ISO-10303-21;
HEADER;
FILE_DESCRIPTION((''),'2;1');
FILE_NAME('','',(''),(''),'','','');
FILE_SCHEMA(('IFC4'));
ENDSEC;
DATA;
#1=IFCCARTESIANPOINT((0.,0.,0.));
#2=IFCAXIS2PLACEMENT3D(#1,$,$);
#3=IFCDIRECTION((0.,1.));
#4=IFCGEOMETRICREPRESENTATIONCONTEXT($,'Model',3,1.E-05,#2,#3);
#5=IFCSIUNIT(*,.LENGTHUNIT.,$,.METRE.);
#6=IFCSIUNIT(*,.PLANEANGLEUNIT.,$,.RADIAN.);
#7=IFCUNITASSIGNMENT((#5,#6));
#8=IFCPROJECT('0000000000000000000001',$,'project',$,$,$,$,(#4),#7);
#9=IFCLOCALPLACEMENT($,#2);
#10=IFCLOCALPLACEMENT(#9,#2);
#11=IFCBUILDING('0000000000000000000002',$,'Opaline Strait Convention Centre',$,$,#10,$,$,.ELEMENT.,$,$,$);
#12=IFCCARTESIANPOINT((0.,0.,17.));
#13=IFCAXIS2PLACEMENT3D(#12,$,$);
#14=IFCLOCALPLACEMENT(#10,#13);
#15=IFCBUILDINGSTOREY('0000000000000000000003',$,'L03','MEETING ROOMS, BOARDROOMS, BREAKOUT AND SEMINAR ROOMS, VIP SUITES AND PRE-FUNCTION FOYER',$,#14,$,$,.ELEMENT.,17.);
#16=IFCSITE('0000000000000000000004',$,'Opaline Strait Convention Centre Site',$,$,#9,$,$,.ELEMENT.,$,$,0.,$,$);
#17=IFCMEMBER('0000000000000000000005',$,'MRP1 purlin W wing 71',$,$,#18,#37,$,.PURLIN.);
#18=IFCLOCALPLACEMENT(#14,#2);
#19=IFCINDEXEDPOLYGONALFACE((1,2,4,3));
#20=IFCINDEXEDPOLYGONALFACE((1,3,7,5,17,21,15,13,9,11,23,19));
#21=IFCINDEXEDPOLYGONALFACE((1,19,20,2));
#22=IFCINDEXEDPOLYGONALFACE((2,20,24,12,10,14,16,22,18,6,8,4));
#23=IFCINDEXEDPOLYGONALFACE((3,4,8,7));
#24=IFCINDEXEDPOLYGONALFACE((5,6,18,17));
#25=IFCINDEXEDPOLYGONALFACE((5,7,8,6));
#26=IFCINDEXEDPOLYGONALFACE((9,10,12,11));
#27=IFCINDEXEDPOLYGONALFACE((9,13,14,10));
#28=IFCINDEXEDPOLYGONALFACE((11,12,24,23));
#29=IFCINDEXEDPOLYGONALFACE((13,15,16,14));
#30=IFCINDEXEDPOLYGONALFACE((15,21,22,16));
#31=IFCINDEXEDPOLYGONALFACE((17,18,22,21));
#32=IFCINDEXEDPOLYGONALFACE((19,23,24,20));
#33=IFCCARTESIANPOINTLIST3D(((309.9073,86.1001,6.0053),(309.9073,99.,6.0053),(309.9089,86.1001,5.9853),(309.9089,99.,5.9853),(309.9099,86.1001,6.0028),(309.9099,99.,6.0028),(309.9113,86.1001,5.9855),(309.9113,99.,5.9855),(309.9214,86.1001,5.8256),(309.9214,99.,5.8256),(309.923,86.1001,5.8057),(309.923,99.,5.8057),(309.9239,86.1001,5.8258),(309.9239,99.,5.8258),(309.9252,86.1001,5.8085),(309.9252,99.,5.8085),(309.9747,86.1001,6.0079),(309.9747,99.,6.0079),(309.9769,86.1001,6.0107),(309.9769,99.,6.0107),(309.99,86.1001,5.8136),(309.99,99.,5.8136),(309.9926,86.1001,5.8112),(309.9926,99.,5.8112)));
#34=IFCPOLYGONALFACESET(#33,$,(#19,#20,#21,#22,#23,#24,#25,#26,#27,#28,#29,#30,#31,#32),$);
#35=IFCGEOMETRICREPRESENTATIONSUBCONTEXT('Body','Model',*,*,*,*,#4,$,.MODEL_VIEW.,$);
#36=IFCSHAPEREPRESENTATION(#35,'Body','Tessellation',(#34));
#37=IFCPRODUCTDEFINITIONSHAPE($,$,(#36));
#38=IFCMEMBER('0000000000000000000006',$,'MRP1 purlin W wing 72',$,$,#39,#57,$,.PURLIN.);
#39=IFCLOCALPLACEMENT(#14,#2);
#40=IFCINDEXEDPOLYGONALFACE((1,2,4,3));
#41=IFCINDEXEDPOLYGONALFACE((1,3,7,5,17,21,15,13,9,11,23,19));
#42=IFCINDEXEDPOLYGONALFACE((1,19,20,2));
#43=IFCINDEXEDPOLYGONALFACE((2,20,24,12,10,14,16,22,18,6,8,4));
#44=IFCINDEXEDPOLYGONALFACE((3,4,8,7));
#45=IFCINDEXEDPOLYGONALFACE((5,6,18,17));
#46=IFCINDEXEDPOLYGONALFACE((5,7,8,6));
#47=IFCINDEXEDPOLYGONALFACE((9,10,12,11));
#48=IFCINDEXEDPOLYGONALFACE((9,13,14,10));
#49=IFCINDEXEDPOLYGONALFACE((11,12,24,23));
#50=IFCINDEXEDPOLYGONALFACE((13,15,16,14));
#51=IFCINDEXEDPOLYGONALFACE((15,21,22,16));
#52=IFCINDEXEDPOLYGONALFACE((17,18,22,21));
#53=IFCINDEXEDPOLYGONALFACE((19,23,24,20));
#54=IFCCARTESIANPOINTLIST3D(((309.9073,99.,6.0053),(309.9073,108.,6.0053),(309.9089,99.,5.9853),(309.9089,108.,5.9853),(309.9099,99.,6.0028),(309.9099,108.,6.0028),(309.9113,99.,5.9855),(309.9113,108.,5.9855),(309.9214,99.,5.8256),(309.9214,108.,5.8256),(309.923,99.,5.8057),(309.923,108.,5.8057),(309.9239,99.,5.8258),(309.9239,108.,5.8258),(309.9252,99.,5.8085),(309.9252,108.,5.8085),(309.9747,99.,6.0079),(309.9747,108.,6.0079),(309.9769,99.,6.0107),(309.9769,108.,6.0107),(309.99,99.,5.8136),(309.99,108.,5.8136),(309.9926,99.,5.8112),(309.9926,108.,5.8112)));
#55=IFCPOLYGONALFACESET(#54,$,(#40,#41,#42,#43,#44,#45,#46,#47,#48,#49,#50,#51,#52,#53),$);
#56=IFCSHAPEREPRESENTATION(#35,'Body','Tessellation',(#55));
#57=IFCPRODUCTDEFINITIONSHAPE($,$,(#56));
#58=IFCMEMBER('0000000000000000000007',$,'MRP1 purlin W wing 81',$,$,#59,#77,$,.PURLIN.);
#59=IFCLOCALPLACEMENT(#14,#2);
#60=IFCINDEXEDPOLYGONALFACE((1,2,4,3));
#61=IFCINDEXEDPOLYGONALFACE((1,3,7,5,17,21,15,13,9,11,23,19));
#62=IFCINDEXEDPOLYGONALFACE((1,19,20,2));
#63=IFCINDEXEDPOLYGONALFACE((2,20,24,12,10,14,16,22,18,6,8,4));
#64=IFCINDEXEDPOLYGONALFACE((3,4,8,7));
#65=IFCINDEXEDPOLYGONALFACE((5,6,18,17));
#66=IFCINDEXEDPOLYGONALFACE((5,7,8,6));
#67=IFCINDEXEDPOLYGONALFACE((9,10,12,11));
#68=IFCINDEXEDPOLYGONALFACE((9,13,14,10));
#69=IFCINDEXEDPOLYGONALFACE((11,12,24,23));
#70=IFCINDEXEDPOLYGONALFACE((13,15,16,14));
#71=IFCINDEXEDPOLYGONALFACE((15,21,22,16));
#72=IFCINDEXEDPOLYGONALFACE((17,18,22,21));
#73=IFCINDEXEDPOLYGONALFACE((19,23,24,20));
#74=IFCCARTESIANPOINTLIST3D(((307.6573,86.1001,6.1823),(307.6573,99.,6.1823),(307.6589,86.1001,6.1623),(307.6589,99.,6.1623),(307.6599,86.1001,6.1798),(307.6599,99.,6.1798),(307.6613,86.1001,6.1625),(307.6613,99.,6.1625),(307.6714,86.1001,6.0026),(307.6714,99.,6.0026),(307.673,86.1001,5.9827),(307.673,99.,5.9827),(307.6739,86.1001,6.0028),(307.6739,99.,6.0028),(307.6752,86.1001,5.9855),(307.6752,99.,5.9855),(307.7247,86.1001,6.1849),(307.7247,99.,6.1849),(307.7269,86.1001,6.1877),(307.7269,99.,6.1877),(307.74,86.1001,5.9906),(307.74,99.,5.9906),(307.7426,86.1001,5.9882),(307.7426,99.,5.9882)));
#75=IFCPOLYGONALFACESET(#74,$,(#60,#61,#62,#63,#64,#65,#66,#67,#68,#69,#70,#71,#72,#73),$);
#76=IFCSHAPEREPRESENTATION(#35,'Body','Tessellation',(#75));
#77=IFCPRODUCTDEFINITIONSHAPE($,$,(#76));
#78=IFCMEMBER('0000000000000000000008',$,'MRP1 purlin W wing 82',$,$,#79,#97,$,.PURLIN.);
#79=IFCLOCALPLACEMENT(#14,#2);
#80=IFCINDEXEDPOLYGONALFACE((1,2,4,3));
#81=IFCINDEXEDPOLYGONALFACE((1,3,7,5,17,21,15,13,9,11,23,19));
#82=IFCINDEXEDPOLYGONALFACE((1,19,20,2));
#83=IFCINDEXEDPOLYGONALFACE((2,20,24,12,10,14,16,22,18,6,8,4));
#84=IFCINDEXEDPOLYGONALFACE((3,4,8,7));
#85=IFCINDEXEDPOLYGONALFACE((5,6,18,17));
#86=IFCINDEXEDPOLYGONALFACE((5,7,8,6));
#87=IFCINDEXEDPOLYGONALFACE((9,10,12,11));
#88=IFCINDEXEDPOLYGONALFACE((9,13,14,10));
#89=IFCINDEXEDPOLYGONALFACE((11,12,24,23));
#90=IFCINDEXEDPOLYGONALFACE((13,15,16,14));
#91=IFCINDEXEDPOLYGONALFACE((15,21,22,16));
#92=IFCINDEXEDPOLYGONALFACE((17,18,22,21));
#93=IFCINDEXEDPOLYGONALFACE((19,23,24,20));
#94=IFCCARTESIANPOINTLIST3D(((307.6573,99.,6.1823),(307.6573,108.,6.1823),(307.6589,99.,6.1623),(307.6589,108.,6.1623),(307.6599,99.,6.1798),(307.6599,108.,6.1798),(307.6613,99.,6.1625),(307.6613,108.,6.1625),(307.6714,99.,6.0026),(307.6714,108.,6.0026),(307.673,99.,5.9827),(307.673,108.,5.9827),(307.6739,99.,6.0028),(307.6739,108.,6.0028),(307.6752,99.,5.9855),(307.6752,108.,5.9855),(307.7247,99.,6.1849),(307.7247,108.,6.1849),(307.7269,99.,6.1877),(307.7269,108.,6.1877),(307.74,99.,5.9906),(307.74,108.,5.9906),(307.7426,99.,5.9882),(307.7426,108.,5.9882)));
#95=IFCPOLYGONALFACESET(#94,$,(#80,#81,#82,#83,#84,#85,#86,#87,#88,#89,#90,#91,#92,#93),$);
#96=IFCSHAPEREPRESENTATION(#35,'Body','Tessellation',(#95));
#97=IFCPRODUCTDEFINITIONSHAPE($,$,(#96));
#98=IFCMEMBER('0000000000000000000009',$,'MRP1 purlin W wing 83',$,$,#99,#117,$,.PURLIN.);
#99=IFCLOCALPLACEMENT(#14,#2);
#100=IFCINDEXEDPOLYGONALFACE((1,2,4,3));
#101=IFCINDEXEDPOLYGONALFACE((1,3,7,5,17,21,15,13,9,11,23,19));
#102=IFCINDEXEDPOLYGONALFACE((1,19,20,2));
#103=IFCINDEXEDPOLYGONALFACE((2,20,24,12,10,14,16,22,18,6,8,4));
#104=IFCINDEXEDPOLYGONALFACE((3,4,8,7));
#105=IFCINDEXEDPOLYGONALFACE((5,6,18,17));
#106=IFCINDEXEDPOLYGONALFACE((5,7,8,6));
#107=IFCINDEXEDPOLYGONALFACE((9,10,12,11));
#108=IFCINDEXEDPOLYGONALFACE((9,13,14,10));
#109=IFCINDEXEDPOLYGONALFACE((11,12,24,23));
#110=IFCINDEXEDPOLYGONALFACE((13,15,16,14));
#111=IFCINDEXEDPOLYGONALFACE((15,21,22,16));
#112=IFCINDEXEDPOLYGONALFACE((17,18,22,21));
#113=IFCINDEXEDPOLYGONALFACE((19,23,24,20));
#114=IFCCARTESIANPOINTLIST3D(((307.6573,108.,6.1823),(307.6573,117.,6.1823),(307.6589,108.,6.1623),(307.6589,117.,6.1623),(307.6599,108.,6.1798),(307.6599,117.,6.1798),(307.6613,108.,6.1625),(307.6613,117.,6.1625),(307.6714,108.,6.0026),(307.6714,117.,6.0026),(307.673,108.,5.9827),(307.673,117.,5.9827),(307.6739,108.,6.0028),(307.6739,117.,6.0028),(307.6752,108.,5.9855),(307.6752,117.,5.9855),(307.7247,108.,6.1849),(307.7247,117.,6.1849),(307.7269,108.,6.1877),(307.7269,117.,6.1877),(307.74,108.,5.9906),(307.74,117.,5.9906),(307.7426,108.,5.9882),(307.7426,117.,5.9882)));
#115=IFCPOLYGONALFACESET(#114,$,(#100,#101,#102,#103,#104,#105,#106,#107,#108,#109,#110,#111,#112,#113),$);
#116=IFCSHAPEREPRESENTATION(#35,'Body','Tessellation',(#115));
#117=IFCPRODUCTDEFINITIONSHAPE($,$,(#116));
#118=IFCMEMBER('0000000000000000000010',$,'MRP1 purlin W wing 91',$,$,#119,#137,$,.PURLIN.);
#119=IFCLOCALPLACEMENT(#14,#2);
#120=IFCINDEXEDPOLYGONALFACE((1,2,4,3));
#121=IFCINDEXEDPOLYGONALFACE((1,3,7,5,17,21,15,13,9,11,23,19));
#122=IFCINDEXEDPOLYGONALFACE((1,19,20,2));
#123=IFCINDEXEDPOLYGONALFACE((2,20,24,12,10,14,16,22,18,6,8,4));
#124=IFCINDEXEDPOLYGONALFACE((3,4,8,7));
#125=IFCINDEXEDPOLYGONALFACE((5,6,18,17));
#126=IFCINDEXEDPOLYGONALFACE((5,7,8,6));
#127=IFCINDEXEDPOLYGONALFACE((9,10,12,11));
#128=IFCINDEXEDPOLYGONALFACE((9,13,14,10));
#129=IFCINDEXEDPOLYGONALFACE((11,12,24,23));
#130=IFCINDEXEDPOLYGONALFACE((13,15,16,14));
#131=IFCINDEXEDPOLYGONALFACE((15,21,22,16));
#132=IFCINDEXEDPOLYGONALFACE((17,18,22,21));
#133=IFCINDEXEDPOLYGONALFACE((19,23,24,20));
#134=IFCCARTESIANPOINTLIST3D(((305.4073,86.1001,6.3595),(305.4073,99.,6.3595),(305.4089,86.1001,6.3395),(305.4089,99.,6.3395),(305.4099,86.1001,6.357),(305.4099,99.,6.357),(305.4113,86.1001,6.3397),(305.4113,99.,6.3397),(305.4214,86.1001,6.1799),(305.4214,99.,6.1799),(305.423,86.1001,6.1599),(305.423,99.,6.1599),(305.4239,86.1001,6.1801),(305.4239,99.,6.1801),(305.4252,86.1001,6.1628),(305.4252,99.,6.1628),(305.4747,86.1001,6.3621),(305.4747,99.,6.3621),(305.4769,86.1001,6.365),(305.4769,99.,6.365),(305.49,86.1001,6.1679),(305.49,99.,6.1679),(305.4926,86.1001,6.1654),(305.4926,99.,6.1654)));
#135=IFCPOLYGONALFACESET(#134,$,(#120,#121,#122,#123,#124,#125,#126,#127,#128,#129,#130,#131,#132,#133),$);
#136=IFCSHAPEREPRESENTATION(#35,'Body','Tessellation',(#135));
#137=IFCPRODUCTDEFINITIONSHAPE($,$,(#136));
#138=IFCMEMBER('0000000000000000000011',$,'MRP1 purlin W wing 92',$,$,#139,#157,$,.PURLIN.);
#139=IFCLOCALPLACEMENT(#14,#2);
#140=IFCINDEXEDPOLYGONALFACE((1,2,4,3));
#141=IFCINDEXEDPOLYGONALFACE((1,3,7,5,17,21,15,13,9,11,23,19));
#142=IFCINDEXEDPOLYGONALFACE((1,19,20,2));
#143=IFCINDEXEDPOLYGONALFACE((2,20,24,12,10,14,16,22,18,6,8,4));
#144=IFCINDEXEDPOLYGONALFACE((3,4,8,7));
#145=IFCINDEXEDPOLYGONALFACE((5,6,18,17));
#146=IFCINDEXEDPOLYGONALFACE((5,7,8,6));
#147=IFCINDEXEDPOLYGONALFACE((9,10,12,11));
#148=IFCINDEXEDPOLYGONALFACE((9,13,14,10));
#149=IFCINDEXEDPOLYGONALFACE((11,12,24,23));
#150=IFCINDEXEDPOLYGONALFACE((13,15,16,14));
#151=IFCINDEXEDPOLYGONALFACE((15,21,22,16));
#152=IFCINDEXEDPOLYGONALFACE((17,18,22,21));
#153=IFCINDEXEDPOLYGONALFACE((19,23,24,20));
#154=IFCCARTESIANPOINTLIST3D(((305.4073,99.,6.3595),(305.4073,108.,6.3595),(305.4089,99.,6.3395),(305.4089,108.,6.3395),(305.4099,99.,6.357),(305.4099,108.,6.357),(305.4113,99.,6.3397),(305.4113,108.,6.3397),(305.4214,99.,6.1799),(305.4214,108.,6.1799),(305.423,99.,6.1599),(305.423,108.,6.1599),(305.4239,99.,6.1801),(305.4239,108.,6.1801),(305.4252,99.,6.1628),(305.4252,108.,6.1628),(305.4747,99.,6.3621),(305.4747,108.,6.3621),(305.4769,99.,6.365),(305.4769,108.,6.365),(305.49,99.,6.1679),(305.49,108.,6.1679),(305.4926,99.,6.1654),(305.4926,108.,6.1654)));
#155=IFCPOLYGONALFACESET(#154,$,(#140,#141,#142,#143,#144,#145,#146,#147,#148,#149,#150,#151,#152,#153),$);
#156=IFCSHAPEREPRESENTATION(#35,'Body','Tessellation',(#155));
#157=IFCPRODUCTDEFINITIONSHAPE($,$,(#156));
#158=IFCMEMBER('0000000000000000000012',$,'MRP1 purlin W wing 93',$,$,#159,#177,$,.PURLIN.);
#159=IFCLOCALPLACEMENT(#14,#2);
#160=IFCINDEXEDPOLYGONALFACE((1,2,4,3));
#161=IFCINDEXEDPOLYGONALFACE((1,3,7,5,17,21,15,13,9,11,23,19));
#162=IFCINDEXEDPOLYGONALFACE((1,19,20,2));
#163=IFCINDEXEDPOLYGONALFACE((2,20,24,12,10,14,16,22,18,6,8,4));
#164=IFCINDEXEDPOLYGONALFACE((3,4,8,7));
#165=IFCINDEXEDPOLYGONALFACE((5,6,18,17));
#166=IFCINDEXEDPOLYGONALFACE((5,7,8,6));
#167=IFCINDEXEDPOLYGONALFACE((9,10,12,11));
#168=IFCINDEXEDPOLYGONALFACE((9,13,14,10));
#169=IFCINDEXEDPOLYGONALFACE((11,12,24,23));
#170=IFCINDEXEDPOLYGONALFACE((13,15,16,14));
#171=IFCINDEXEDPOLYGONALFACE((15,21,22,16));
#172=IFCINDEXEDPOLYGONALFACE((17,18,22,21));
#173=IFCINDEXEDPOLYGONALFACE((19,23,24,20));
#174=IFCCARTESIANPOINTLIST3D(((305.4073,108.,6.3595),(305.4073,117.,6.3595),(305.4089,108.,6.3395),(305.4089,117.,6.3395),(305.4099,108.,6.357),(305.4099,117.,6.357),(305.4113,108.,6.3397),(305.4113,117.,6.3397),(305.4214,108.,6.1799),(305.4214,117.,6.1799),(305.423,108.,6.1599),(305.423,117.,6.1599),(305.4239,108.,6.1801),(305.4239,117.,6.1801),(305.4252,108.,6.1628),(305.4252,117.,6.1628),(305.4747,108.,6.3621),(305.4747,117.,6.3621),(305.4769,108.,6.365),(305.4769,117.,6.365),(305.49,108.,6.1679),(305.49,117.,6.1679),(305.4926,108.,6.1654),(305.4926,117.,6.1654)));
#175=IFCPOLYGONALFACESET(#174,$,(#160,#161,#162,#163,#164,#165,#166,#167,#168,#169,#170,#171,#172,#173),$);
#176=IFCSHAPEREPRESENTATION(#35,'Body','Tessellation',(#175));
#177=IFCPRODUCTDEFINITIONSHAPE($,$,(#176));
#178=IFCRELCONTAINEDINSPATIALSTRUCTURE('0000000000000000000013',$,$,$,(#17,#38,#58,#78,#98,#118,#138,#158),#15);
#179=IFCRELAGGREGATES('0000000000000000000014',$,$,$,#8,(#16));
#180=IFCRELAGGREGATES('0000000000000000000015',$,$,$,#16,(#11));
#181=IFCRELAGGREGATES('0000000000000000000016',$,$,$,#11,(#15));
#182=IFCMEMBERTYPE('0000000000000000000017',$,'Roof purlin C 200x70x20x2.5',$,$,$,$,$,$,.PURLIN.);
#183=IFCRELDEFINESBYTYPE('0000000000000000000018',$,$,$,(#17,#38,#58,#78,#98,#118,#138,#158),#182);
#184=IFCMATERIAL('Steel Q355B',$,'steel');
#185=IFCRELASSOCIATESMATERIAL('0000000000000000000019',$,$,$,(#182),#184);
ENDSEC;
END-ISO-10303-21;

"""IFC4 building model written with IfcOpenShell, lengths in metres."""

from ifc_helpers import new_model, si_unit, direction, frame, origin, place, context, subcontext, project, spatial, polyline, outline, extrude, material, material_profile, profile_set, type_object, element, save


model = new_model("IFC4")

# Units and contexts
model_context = context("Model", 3, precision=1e-05, world=origin(), true_north=direction((0.0, 1.0)))
body_context = subcontext(model_context, "Body", "Model", "MODEL_VIEW")
ifc_project = project(units=[si_unit("LENGTHUNIT", "METRE"), si_unit("PLANEANGLEUNIT", "RADIAN")], contexts=[model_context])

# Site, building, storey
site_placement = place(None, origin())
site = spatial("IfcSite", under=ifc_project, at=site_placement, Name="Opaline Strait Convention Centre Site", CompositionType="ELEMENT", RefElevation=0.0)
building_placement = place(site_placement, origin())
building = spatial("IfcBuilding", under=site, at=building_placement, Name="Opaline Strait Convention Centre", CompositionType="ELEMENT")
storey_placement = place(building_placement, frame((0.0, 0.0, 17.0)))
storey = spatial("IfcBuildingStorey", under=building, at=storey_placement, Name="L03", Description="MEETING ROOMS, BOARDROOMS, BREAKOUT AND SEMINAR ROOMS, VIP SUITES AND PRE-FUNCTION FOYER", CompositionType="ELEMENT", Elevation=17.0)

# Shared definitions
ifc_material_1 = material(Name="Steel Q355B", Category="steel")

# Members
ifc_material_profile_1 = material_profile(ifc_material_1, outline(polyline([(-0.0349, -0.1001), (0.0349, -0.1001), (0.0349, -0.0801), (0.0325, -0.0801), (0.0325, -0.0974), (-0.0325, -0.0974), (-0.0325, 0.0974), (0.0325, 0.0974), (0.0325, 0.0801), (0.0349, 0.0801), (0.0349, 0.1001), (-0.0349, 0.1001), (-0.0349, -0.1001)])), Name="C 200x70x20x2.5")
ifc_profile_set_1 = profile_set([ifc_material_profile_1], Name="Steel Q355B")
member_type_1 = type_object("IfcMemberType", Name="Roof purlin C 200x70x20x2.5", PredefinedType="PURLIN", material=ifc_profile_set_1)
member_1_placement = place(storey_placement, frame((309.95, 86.1001, 5.9082), z_axis=(0.0, 1.0, 0.0), x_axis=(-0.996917, 0.0, -0.078459)))
element("IfcMember", 1, at=member_1_placement, inside=storey, type_object=member_type_1, Name="MRP1 purlin W wing 71", PredefinedType="PURLIN", context=body_context, shape_type="SweptSolid", body=[
    extrude(outline(polyline([(-0.0349, -0.1001), (0.0349, -0.1001), (0.0349, -0.0801), (0.0325, -0.0801), (0.0325, -0.0974), (-0.0325, -0.0974), (-0.0325, 0.0974), (0.0325, 0.0974), (0.0325, 0.0801), (0.0349, 0.0801), (0.0349, 0.1001), (-0.0349, 0.1001), (-0.0349, -0.1001)])), origin(), (0.0, 0.0, 1.0), 12.8999),
])
member_2_placement = place(storey_placement, frame((309.95, 99.0, 5.9082), z_axis=(0.0, 1.0, 0.0), x_axis=(-0.996917, 0.0, -0.078459)))
element("IfcMember", 2, at=member_2_placement, inside=storey, type_object=member_type_1, Name="MRP1 purlin W wing 72", PredefinedType="PURLIN", context=body_context, shape_type="SweptSolid", body=[
    extrude(outline(polyline([(-0.0349, -0.1001), (0.0349, -0.1001), (0.0349, -0.0801), (0.0325, -0.0801), (0.0325, -0.0974), (-0.0325, -0.0974), (-0.0325, 0.0974), (0.0325, 0.0974), (0.0325, 0.0801), (0.0349, 0.0801), (0.0349, 0.1001), (-0.0349, 0.1001), (-0.0349, -0.1001)])), origin(), (0.0, 0.0, 1.0), 9.0),
])
member_3_placement = place(storey_placement, frame((307.7, 86.1001, 6.0852), z_axis=(0.0, 1.0, 0.0), x_axis=(-0.996917, 0.0, -0.078459)))
element("IfcMember", 3, at=member_3_placement, inside=storey, type_object=member_type_1, Name="MRP1 purlin W wing 81", PredefinedType="PURLIN", context=body_context, shape_type="SweptSolid", body=[
    extrude(outline(polyline([(-0.0349, -0.1001), (0.0349, -0.1001), (0.0349, -0.0801), (0.0325, -0.0801), (0.0325, -0.0974), (-0.0325, -0.0974), (-0.0325, 0.0974), (0.0325, 0.0974), (0.0325, 0.0801), (0.0349, 0.0801), (0.0349, 0.1001), (-0.0349, 0.1001), (-0.0349, -0.1001)])), origin(), (0.0, 0.0, 1.0), 12.8999),
])
for number, where, z_axis, x_axis, name in (
    (4, (307.7, 99.0, 6.0852), (0.0, 1.0, 0.0), (-0.996917, 0.0, -0.078459), "MRP1 purlin W wing 82"),
    (5, (307.7, 108.0, 6.0852), (0.0, 1.0, 0.0), (-0.996917, 0.0, -0.078459), "MRP1 purlin W wing 83"),
):
    element("IfcMember", number, at=place(storey_placement, frame(where, z_axis=z_axis, x_axis=x_axis)), inside=storey, type_object=member_type_1, Name=name, PredefinedType="PURLIN", context=body_context, shape_type="SweptSolid", body=[
        extrude(outline(polyline([(-0.0349, -0.1001), (0.0349, -0.1001), (0.0349, -0.0801), (0.0325, -0.0801), (0.0325, -0.0974), (-0.0325, -0.0974), (-0.0325, 0.0974), (0.0325, 0.0974), (0.0325, 0.0801), (0.0349, 0.0801), (0.0349, 0.1001), (-0.0349, 0.1001), (-0.0349, -0.1001)])), origin(), (0.0, 0.0, 1.0), 9.0),
    ])
member_4_placement = place(storey_placement, frame((305.45, 86.1001, 6.2625), z_axis=(0.0, 1.0, 0.0), x_axis=(-0.996917, 0.0, -0.078459)))
element("IfcMember", 6, at=member_4_placement, inside=storey, type_object=member_type_1, Name="MRP1 purlin W wing 91", PredefinedType="PURLIN", context=body_context, shape_type="SweptSolid", body=[
    extrude(outline(polyline([(-0.0349, -0.1001), (0.0349, -0.1001), (0.0349, -0.0801), (0.0325, -0.0801), (0.0325, -0.0974), (-0.0325, -0.0974), (-0.0325, 0.0974), (0.0325, 0.0974), (0.0325, 0.0801), (0.0349, 0.0801), (0.0349, 0.1001), (-0.0349, 0.1001), (-0.0349, -0.1001)])), origin(), (0.0, 0.0, 1.0), 12.8999),
])
for number, where, z_axis, x_axis, name in (
    (7, (305.45, 99.0, 6.2625), (0.0, 1.0, 0.0), (-0.996917, 0.0, -0.078459), "MRP1 purlin W wing 92"),
    (8, (305.45, 108.0, 6.2625), (0.0, 1.0, 0.0), (-0.996917, 0.0, -0.078459), "MRP1 purlin W wing 93"),
):
    element("IfcMember", number, at=place(storey_placement, frame(where, z_axis=z_axis, x_axis=x_axis)), inside=storey, type_object=member_type_1, Name=name, PredefinedType="PURLIN", context=body_context, shape_type="SweptSolid", body=[
        extrude(outline(polyline([(-0.0349, -0.1001), (0.0349, -0.1001), (0.0349, -0.0801), (0.0325, -0.0801), (0.0325, -0.0974), (-0.0325, -0.0974), (-0.0325, 0.0974), (0.0325, 0.0974), (0.0325, 0.0801), (0.0349, 0.0801), (0.0349, 0.1001), (-0.0349, 0.1001), (-0.0349, -0.1001)])), origin(), (0.0, 0.0, 1.0), 9.0),
    ])

save(model, "model.ifc")
